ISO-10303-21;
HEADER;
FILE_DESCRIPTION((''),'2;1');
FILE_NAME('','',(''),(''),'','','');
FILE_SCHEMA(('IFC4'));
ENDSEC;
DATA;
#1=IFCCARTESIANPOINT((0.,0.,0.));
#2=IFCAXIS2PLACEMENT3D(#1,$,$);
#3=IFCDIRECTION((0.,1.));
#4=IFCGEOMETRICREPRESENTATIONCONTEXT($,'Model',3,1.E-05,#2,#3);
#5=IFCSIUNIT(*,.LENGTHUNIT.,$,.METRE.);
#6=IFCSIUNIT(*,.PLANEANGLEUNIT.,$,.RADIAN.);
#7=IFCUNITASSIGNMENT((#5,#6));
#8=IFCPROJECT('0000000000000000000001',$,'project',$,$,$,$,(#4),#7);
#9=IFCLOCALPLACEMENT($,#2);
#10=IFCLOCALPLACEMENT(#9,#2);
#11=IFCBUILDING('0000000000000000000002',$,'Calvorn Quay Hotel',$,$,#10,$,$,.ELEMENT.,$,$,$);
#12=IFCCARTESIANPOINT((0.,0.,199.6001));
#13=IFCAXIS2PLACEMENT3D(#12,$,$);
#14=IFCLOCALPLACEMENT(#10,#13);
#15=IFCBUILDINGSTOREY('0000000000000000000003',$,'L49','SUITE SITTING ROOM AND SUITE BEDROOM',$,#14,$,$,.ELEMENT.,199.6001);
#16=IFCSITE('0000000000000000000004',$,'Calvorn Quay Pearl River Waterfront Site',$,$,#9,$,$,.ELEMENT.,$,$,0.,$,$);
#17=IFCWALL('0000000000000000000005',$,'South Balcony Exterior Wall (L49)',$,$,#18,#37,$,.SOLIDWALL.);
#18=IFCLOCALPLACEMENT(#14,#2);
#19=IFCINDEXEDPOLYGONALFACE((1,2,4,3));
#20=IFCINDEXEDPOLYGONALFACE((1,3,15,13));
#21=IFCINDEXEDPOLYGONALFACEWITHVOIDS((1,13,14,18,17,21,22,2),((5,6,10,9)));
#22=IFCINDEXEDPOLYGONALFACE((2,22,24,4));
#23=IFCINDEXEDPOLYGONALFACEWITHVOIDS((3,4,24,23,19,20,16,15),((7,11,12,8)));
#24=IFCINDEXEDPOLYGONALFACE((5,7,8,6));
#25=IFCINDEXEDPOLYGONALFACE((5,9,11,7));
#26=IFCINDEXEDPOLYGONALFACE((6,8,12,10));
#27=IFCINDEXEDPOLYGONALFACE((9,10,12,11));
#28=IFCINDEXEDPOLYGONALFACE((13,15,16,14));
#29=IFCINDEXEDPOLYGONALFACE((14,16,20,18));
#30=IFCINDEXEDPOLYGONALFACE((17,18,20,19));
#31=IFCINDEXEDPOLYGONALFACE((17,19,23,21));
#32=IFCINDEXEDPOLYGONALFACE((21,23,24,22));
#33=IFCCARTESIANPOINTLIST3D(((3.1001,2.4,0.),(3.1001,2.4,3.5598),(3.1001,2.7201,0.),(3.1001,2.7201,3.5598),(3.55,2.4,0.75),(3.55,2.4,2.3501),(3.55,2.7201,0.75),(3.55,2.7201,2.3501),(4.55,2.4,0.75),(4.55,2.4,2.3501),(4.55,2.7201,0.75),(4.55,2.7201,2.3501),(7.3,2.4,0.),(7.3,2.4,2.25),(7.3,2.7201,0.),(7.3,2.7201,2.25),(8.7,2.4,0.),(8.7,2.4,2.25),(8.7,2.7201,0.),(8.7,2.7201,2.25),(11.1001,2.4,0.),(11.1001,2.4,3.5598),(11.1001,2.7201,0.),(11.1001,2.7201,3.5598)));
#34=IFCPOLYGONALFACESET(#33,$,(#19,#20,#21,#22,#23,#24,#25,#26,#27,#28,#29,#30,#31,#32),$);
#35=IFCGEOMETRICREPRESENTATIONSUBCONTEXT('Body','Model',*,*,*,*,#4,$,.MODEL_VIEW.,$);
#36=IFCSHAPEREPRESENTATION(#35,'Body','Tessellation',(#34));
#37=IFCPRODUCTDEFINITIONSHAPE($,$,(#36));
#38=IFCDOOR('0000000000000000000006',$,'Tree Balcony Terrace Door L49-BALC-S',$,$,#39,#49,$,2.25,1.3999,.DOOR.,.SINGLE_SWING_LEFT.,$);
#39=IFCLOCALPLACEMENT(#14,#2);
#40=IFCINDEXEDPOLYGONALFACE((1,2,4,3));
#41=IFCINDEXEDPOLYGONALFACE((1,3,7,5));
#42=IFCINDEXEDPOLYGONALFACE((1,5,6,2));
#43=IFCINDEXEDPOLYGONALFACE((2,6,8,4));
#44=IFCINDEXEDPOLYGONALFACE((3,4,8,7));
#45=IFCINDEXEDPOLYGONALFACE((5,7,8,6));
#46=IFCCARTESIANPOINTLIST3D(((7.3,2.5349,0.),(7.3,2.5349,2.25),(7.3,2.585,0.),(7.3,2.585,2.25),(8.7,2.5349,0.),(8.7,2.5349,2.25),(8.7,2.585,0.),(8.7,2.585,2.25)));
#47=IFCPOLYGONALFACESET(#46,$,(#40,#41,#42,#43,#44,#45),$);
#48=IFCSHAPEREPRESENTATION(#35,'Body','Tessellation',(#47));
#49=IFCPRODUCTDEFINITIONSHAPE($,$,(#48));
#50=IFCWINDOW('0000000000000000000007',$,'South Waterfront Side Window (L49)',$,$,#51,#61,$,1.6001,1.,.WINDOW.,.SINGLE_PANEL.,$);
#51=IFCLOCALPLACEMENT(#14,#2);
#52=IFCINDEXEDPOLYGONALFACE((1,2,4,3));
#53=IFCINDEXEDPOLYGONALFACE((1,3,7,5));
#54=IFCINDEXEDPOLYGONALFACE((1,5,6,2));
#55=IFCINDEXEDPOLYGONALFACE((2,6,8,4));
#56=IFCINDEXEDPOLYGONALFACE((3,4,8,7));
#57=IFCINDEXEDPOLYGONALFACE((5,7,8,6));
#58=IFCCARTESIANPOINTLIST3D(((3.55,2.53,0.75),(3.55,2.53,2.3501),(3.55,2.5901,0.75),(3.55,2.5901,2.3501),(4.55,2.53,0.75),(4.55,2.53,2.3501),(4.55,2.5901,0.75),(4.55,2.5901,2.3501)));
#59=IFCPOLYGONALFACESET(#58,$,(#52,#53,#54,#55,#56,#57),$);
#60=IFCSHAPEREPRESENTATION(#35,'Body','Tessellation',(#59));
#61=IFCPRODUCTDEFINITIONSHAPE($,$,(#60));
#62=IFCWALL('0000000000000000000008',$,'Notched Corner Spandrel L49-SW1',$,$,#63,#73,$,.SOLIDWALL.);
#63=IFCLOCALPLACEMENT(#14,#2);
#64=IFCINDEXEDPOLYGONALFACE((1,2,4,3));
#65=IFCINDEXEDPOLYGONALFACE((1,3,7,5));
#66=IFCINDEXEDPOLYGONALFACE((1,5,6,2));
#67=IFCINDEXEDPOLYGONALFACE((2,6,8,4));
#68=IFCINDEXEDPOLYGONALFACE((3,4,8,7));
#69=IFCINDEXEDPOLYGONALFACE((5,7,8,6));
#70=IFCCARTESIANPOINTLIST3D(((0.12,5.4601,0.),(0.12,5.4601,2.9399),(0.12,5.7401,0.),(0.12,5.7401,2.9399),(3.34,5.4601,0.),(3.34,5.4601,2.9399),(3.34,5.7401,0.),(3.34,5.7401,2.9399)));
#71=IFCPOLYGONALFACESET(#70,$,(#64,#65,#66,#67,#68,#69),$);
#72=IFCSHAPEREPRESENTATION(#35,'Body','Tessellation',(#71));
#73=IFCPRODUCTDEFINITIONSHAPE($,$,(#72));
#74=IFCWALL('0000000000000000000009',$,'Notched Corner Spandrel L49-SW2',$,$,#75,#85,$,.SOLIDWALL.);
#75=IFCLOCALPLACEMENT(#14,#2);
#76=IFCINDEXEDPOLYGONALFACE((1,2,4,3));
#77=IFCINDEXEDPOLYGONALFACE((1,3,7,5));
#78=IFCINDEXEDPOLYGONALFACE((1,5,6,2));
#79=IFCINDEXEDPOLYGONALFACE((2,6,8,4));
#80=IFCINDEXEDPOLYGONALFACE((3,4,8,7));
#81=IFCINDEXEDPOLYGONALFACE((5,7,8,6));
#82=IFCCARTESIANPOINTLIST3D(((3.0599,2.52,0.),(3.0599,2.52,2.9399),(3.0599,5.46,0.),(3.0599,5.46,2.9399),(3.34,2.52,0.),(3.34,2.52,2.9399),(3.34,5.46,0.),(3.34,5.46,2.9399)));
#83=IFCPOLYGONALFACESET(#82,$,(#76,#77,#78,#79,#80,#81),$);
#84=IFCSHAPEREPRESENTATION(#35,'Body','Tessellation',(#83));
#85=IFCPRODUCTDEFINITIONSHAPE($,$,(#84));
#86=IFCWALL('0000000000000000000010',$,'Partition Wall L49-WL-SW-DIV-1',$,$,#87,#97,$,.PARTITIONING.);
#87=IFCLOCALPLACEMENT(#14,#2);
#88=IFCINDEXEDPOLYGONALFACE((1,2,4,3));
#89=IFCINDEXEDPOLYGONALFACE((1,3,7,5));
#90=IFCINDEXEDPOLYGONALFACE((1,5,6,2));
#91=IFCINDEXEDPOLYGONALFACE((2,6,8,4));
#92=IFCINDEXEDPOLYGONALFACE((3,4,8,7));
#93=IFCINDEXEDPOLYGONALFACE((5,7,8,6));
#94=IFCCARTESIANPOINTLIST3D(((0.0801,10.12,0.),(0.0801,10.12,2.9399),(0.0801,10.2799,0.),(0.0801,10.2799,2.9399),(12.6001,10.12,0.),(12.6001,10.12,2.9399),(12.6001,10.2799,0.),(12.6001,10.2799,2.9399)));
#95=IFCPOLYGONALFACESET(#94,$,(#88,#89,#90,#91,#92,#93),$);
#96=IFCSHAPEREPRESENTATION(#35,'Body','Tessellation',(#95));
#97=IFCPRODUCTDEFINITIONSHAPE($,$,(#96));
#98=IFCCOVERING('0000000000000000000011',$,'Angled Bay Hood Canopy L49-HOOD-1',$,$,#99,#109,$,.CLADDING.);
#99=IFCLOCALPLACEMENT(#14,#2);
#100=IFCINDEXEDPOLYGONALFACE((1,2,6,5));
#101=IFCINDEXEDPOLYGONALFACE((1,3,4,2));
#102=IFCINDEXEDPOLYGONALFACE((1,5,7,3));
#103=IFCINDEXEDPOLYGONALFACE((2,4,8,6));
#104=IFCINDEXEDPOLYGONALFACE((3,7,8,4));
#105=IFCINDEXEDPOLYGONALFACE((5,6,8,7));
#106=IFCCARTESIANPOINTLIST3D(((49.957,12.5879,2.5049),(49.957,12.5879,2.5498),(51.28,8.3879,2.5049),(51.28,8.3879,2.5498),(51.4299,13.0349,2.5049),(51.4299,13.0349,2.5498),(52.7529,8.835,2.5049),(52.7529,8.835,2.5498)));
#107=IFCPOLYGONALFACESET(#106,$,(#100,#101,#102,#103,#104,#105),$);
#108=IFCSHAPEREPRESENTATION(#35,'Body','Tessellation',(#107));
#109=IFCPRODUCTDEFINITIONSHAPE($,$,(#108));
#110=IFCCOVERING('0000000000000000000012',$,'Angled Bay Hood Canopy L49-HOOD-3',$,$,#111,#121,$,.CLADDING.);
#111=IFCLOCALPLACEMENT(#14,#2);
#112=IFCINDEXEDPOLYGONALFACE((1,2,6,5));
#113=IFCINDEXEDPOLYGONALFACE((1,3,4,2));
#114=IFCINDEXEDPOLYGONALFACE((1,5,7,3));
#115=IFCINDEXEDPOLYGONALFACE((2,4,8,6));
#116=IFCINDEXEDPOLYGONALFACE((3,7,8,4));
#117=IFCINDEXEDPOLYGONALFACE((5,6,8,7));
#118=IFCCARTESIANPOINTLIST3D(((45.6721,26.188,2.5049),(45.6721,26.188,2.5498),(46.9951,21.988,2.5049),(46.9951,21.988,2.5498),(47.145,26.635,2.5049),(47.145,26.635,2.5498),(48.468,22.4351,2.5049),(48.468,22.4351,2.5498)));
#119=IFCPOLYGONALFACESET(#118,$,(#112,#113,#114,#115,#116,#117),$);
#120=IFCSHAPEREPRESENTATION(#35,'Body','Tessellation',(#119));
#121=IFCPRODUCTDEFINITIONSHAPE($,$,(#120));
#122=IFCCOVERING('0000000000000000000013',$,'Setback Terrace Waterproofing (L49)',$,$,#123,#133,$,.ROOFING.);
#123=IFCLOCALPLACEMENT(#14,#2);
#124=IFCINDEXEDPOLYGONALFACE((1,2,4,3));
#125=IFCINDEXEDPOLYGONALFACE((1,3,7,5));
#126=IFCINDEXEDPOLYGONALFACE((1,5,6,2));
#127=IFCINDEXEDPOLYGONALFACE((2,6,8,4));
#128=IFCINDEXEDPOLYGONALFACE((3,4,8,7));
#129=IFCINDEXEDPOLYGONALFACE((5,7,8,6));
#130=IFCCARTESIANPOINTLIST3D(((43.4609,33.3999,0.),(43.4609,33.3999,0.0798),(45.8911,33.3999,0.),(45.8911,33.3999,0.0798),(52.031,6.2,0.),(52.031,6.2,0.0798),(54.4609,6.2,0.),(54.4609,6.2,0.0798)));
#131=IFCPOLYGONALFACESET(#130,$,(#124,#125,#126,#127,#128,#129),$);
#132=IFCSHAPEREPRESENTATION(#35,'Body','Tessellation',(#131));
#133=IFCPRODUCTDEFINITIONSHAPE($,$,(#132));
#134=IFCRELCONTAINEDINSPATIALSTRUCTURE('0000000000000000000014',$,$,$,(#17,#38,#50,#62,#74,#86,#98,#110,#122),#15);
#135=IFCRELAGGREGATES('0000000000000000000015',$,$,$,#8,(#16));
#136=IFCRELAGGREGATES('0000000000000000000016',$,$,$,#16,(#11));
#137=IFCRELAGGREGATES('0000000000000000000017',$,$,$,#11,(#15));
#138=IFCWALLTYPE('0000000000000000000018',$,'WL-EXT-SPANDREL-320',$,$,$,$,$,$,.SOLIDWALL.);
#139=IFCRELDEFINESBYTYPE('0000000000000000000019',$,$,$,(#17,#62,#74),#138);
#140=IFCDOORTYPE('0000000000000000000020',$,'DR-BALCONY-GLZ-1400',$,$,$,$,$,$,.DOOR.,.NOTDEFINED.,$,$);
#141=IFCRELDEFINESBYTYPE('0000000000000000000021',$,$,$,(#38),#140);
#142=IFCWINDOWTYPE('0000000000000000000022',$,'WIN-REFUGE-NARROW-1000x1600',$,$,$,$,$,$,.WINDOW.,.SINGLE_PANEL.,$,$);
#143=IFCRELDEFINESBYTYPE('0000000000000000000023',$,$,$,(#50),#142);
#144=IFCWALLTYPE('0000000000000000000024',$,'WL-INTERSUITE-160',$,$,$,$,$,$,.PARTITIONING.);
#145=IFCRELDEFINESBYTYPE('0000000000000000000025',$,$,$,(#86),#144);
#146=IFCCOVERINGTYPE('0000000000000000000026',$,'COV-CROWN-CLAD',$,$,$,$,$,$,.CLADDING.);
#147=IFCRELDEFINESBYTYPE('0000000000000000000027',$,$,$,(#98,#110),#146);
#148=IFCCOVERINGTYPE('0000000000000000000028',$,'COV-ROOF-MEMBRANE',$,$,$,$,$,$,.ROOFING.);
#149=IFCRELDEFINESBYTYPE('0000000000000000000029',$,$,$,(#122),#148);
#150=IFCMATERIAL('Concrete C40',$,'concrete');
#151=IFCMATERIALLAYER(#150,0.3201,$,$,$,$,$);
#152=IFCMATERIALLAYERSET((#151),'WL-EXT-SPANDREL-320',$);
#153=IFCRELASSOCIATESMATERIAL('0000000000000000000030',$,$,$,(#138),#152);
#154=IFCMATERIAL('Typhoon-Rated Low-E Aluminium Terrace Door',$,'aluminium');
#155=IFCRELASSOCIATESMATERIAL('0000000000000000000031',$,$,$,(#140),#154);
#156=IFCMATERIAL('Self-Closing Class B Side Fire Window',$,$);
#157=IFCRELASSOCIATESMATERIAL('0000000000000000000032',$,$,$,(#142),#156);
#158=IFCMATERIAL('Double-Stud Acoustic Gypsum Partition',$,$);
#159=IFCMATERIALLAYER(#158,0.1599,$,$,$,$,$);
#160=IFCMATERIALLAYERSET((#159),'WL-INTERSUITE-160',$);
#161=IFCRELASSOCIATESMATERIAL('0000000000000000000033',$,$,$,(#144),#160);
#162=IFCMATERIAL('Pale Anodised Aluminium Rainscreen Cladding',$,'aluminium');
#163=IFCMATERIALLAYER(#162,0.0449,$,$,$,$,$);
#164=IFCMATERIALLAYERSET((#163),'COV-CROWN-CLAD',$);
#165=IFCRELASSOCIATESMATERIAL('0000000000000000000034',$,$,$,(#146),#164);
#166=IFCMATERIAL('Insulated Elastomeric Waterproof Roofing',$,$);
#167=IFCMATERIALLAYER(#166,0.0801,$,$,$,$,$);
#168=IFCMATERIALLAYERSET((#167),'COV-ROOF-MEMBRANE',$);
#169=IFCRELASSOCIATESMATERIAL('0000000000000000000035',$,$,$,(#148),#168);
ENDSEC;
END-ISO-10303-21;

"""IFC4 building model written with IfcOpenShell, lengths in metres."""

from ifc_helpers import new_model, si_unit, direction, frame, frame_2d, origin, place, context, subcontext, project, spatial, polyline, rectangle, outline, extrude, material, layer, layer_set, type_object, element, fill, save


model = new_model("IFC4")

# Units and contexts
model_context = context("Model", 3, precision=1e-05, world=origin(), true_north=direction((0.0, 1.0)))
body_context = subcontext(model_context, "Body", "Model", "MODEL_VIEW")
ifc_project = project(units=[si_unit("LENGTHUNIT", "METRE"), si_unit("PLANEANGLEUNIT", "RADIAN")], contexts=[model_context])

# Site, building, storey
site_placement = place(None, origin())
site = spatial("IfcSite", under=ifc_project, at=site_placement, Name="Calvorn Quay Pearl River Waterfront Site", CompositionType="ELEMENT", RefElevation=0.0)
building_placement = place(site_placement, origin())
building = spatial("IfcBuilding", under=site, at=building_placement, Name="Calvorn Quay Hotel", CompositionType="ELEMENT")
storey_placement = place(building_placement, frame((0.0, 0.0, 199.6001)))
storey = spatial("IfcBuildingStorey", under=building, at=storey_placement, Name="L49", Description="SUITE SITTING ROOM AND SUITE BEDROOM", CompositionType="ELEMENT", Elevation=199.6001)

# Wall, openings, door, window
ifc_material_1 = material(Name="Concrete C40", Category="concrete")
ifc_layer_1 = layer(ifc_material_1, 0.3201)
ifc_layer_set_1 = layer_set([ifc_layer_1], Name="WL-EXT-SPANDREL-320")
wall_type_1 = type_object("IfcWallType", Name="WL-EXT-SPANDREL-320", PredefinedType="SOLIDWALL", material=ifc_layer_set_1)
wall_1_placement = place(storey_placement, frame((3.1001, 2.5601, 0.0), z_axis=(0.0, 0.0, 1.0), x_axis=(1.0, 0.0, 0.0)))
wall_1 = element("IfcWall", 1, at=wall_1_placement, inside=storey, type_object=wall_type_1, Name="South Balcony Exterior Wall (L49)", PredefinedType="SOLIDWALL", context=body_context, shape_type="SweptSolid", body=[
    extrude(rectangle(XDim=8.0, YDim=0.3201, at=frame_2d((4.0, 0.0))), origin(), (0.0, 0.0, 1.0), 3.5598),
])
opening_1_placement = place(wall_1_placement, frame((0.45, 0.0, 0.75)))
opening_1 = element("IfcOpeningElement", 2, at=opening_1_placement, cuts=wall_1, PredefinedType="OPENING", context=body_context, shape_type="SweptSolid", body=[
    extrude(rectangle(XDim=1.0, YDim=1.6001, at=frame_2d((0.5, 0.8))), frame((0.0, 0.1699, 0.0), z_axis=(0.0, -1.0, 0.0), x_axis=(1.0, 0.0, 0.0)), (0.0, 0.0, 1.0), 0.3401),
])
opening_2_placement = place(wall_1_placement, frame((4.2, 0.0, 0.0)))
opening_2 = element("IfcOpeningElement", 3, at=opening_2_placement, cuts=wall_1, PredefinedType="OPENING", context=body_context, shape_type="SweptSolid", body=[
    extrude(rectangle(XDim=1.3999, YDim=2.25, at=frame_2d((0.7, 1.125))), frame((0.0, 0.1699, 0.0), z_axis=(0.0, -1.0, 0.0), x_axis=(1.0, 0.0, 0.0)), (0.0, 0.0, 1.0), 0.3401),
])
ifc_material_2 = material(Name="Typhoon-Rated Low-E Aluminium Terrace Door", Category="aluminium")
door_type_1 = type_object("IfcDoorType", Name="DR-BALCONY-GLZ-1400", OperationType="NOTDEFINED", PredefinedType="DOOR", material=ifc_material_2)
door_1_placement = place(opening_2_placement, origin())
door_1 = element("IfcDoor", 4, at=door_1_placement, inside=storey, type_object=door_type_1, Name="Tree Balcony Terrace Door L49-BALC-S", OperationType="SINGLE_SWING_LEFT", OverallHeight=2.25, OverallWidth=1.3999, PredefinedType="DOOR", context=body_context, shape_type="SweptSolid", body=[
    extrude(rectangle(XDim=1.3999, YDim=2.25, at=frame_2d((0.7, 1.125))), frame((0.0, 0.0249, 0.0), z_axis=(0.0, -1.0, 0.0), x_axis=(1.0, 0.0, 0.0)), (0.0, 0.0, 1.0), 0.05),
])
fill(opening_2, door_1)
ifc_material_3 = material(Name="Self-Closing Class B Side Fire Window")
window_type = type_object("IfcWindowType", Name="WIN-REFUGE-NARROW-1000x1600", PartitioningType="SINGLE_PANEL", PredefinedType="WINDOW", material=ifc_material_3)
window_placement = place(opening_1_placement, origin())
window = element("IfcWindow", 5, at=window_placement, inside=storey, type_object=window_type, Name="South Waterfront Side Window (L49)", OverallHeight=1.6001, OverallWidth=1.0, PartitioningType="SINGLE_PANEL", PredefinedType="WINDOW", context=body_context, shape_type="SweptSolid", body=[
    extrude(rectangle(XDim=1.0, YDim=1.6001, at=frame_2d((0.5, 0.8))), frame((0.0, 0.03, 0.0), z_axis=(0.0, -1.0, 0.0), x_axis=(1.0, 0.0, 0.0)), (0.0, 0.0, 1.0), 0.0601),
])
fill(opening_1, window)

# Walls
wall_2_placement = place(storey_placement, frame((0.1201, 5.6001, 0.0), z_axis=(0.0, 0.0, 1.0), x_axis=(1.0, 0.0, 0.0)))
element("IfcWall", 6, at=wall_2_placement, inside=storey, type_object=wall_type_1, Name="Notched Corner Spandrel L49-SW1", PredefinedType="SOLIDWALL", context=body_context, shape_type="SweptSolid", body=[
    extrude(rectangle(XDim=3.22, YDim=0.28, at=frame_2d((1.6099, 0.0))), origin(), (0.0, 0.0, 1.0), 2.9399),
])
wall_3_placement = place(storey_placement, frame((3.2, 5.46, 0.0), z_axis=(0.0, 0.0, 1.0), x_axis=(0.0, -1.0, 0.0)))
element("IfcWall", 7, at=wall_3_placement, inside=storey, type_object=wall_type_1, Name="Notched Corner Spandrel L49-SW2", PredefinedType="SOLIDWALL", context=body_context, shape_type="SweptSolid", body=[
    extrude(rectangle(XDim=2.9399, YDim=0.28, at=frame_2d((1.47, 0.0))), origin(), (0.0, 0.0, 1.0), 2.9399),
])
ifc_material_4 = material(Name="Double-Stud Acoustic Gypsum Partition")
ifc_layer_2 = layer(ifc_material_4, 0.1599)
ifc_layer_set_2 = layer_set([ifc_layer_2], Name="WL-INTERSUITE-160")
wall_type_2 = type_object("IfcWallType", Name="WL-INTERSUITE-160", PredefinedType="PARTITIONING", material=ifc_layer_set_2)
wall_4_placement = place(storey_placement, frame((0.0801, 10.2, 0.0), z_axis=(0.0, 0.0, 1.0), x_axis=(1.0, 0.0, 0.0)))
element("IfcWall", 8, at=wall_4_placement, inside=storey, type_object=wall_type_2, Name="Partition Wall L49-WL-SW-DIV-1", PredefinedType="PARTITIONING", context=body_context, shape_type="SweptSolid", body=[
    extrude(rectangle(XDim=12.52, YDim=0.1599, at=frame_2d((6.26, 0.0))), origin(), (0.0, 0.0, 1.0), 2.9399),
])

# Coverings
ifc_material_5 = material(Name="Pale Anodised Aluminium Rainscreen Cladding", Category="aluminium")
ifc_layer_3 = layer(ifc_material_5, 0.0449)
ifc_layer_set_3 = layer_set([ifc_layer_3], Name="COV-CROWN-CLAD")
covering_type_1 = type_object("IfcCoveringType", Name="COV-CROWN-CLAD", PredefinedType="CLADDING", material=ifc_layer_set_3)
covering_1_placement = place(storey_placement, frame((0.0, 0.0, 2.5049)))
element("IfcCovering", 9, at=covering_1_placement, inside=storey, type_object=covering_type_1, Name="Angled Bay Hood Canopy L49-HOOD-1", PredefinedType="CLADDING", context=body_context, shape_type="SweptSolid", body=[
    extrude(outline(polyline([(49.957, 12.5879), (51.4299, 13.0349), (52.7529, 8.835), (51.28, 8.3879), (49.957, 12.5879)])), origin(), (0.0, 0.0, 1.0), 0.0449),
])
covering_2_placement = place(storey_placement, frame((0.0, 0.0, 2.5049)))
element("IfcCovering", 10, at=covering_2_placement, inside=storey, type_object=covering_type_1, Name="Angled Bay Hood Canopy L49-HOOD-3", PredefinedType="CLADDING", context=body_context, shape_type="SweptSolid", body=[
    extrude(outline(polyline([(45.6721, 26.188), (47.145, 26.635), (48.468, 22.4351), (46.9951, 21.988), (45.6721, 26.188)])), origin(), (0.0, 0.0, 1.0), 0.0449),
])
ifc_material_6 = material(Name="Insulated Elastomeric Waterproof Roofing")
ifc_layer_4 = layer(ifc_material_6, 0.0801)
ifc_layer_set_4 = layer_set([ifc_layer_4], Name="COV-ROOF-MEMBRANE")
covering_type_2 = type_object("IfcCoveringType", Name="COV-ROOF-MEMBRANE", PredefinedType="ROOFING", material=ifc_layer_set_4)
covering_3_placement = place(storey_placement, origin())
element("IfcCovering", 11, at=covering_3_placement, inside=storey, type_object=covering_type_2, Name="Setback Terrace Waterproofing (L49)", PredefinedType="ROOFING", context=body_context, shape_type="SweptSolid", body=[
    extrude(outline(polyline([(52.031, 6.2), (54.4609, 6.2), (45.8911, 33.3999), (43.4609, 33.3999), (52.031, 6.2)])), origin(), (0.0, 0.0, 1.0), 0.0798),
])

save(model, "model.ifc")
